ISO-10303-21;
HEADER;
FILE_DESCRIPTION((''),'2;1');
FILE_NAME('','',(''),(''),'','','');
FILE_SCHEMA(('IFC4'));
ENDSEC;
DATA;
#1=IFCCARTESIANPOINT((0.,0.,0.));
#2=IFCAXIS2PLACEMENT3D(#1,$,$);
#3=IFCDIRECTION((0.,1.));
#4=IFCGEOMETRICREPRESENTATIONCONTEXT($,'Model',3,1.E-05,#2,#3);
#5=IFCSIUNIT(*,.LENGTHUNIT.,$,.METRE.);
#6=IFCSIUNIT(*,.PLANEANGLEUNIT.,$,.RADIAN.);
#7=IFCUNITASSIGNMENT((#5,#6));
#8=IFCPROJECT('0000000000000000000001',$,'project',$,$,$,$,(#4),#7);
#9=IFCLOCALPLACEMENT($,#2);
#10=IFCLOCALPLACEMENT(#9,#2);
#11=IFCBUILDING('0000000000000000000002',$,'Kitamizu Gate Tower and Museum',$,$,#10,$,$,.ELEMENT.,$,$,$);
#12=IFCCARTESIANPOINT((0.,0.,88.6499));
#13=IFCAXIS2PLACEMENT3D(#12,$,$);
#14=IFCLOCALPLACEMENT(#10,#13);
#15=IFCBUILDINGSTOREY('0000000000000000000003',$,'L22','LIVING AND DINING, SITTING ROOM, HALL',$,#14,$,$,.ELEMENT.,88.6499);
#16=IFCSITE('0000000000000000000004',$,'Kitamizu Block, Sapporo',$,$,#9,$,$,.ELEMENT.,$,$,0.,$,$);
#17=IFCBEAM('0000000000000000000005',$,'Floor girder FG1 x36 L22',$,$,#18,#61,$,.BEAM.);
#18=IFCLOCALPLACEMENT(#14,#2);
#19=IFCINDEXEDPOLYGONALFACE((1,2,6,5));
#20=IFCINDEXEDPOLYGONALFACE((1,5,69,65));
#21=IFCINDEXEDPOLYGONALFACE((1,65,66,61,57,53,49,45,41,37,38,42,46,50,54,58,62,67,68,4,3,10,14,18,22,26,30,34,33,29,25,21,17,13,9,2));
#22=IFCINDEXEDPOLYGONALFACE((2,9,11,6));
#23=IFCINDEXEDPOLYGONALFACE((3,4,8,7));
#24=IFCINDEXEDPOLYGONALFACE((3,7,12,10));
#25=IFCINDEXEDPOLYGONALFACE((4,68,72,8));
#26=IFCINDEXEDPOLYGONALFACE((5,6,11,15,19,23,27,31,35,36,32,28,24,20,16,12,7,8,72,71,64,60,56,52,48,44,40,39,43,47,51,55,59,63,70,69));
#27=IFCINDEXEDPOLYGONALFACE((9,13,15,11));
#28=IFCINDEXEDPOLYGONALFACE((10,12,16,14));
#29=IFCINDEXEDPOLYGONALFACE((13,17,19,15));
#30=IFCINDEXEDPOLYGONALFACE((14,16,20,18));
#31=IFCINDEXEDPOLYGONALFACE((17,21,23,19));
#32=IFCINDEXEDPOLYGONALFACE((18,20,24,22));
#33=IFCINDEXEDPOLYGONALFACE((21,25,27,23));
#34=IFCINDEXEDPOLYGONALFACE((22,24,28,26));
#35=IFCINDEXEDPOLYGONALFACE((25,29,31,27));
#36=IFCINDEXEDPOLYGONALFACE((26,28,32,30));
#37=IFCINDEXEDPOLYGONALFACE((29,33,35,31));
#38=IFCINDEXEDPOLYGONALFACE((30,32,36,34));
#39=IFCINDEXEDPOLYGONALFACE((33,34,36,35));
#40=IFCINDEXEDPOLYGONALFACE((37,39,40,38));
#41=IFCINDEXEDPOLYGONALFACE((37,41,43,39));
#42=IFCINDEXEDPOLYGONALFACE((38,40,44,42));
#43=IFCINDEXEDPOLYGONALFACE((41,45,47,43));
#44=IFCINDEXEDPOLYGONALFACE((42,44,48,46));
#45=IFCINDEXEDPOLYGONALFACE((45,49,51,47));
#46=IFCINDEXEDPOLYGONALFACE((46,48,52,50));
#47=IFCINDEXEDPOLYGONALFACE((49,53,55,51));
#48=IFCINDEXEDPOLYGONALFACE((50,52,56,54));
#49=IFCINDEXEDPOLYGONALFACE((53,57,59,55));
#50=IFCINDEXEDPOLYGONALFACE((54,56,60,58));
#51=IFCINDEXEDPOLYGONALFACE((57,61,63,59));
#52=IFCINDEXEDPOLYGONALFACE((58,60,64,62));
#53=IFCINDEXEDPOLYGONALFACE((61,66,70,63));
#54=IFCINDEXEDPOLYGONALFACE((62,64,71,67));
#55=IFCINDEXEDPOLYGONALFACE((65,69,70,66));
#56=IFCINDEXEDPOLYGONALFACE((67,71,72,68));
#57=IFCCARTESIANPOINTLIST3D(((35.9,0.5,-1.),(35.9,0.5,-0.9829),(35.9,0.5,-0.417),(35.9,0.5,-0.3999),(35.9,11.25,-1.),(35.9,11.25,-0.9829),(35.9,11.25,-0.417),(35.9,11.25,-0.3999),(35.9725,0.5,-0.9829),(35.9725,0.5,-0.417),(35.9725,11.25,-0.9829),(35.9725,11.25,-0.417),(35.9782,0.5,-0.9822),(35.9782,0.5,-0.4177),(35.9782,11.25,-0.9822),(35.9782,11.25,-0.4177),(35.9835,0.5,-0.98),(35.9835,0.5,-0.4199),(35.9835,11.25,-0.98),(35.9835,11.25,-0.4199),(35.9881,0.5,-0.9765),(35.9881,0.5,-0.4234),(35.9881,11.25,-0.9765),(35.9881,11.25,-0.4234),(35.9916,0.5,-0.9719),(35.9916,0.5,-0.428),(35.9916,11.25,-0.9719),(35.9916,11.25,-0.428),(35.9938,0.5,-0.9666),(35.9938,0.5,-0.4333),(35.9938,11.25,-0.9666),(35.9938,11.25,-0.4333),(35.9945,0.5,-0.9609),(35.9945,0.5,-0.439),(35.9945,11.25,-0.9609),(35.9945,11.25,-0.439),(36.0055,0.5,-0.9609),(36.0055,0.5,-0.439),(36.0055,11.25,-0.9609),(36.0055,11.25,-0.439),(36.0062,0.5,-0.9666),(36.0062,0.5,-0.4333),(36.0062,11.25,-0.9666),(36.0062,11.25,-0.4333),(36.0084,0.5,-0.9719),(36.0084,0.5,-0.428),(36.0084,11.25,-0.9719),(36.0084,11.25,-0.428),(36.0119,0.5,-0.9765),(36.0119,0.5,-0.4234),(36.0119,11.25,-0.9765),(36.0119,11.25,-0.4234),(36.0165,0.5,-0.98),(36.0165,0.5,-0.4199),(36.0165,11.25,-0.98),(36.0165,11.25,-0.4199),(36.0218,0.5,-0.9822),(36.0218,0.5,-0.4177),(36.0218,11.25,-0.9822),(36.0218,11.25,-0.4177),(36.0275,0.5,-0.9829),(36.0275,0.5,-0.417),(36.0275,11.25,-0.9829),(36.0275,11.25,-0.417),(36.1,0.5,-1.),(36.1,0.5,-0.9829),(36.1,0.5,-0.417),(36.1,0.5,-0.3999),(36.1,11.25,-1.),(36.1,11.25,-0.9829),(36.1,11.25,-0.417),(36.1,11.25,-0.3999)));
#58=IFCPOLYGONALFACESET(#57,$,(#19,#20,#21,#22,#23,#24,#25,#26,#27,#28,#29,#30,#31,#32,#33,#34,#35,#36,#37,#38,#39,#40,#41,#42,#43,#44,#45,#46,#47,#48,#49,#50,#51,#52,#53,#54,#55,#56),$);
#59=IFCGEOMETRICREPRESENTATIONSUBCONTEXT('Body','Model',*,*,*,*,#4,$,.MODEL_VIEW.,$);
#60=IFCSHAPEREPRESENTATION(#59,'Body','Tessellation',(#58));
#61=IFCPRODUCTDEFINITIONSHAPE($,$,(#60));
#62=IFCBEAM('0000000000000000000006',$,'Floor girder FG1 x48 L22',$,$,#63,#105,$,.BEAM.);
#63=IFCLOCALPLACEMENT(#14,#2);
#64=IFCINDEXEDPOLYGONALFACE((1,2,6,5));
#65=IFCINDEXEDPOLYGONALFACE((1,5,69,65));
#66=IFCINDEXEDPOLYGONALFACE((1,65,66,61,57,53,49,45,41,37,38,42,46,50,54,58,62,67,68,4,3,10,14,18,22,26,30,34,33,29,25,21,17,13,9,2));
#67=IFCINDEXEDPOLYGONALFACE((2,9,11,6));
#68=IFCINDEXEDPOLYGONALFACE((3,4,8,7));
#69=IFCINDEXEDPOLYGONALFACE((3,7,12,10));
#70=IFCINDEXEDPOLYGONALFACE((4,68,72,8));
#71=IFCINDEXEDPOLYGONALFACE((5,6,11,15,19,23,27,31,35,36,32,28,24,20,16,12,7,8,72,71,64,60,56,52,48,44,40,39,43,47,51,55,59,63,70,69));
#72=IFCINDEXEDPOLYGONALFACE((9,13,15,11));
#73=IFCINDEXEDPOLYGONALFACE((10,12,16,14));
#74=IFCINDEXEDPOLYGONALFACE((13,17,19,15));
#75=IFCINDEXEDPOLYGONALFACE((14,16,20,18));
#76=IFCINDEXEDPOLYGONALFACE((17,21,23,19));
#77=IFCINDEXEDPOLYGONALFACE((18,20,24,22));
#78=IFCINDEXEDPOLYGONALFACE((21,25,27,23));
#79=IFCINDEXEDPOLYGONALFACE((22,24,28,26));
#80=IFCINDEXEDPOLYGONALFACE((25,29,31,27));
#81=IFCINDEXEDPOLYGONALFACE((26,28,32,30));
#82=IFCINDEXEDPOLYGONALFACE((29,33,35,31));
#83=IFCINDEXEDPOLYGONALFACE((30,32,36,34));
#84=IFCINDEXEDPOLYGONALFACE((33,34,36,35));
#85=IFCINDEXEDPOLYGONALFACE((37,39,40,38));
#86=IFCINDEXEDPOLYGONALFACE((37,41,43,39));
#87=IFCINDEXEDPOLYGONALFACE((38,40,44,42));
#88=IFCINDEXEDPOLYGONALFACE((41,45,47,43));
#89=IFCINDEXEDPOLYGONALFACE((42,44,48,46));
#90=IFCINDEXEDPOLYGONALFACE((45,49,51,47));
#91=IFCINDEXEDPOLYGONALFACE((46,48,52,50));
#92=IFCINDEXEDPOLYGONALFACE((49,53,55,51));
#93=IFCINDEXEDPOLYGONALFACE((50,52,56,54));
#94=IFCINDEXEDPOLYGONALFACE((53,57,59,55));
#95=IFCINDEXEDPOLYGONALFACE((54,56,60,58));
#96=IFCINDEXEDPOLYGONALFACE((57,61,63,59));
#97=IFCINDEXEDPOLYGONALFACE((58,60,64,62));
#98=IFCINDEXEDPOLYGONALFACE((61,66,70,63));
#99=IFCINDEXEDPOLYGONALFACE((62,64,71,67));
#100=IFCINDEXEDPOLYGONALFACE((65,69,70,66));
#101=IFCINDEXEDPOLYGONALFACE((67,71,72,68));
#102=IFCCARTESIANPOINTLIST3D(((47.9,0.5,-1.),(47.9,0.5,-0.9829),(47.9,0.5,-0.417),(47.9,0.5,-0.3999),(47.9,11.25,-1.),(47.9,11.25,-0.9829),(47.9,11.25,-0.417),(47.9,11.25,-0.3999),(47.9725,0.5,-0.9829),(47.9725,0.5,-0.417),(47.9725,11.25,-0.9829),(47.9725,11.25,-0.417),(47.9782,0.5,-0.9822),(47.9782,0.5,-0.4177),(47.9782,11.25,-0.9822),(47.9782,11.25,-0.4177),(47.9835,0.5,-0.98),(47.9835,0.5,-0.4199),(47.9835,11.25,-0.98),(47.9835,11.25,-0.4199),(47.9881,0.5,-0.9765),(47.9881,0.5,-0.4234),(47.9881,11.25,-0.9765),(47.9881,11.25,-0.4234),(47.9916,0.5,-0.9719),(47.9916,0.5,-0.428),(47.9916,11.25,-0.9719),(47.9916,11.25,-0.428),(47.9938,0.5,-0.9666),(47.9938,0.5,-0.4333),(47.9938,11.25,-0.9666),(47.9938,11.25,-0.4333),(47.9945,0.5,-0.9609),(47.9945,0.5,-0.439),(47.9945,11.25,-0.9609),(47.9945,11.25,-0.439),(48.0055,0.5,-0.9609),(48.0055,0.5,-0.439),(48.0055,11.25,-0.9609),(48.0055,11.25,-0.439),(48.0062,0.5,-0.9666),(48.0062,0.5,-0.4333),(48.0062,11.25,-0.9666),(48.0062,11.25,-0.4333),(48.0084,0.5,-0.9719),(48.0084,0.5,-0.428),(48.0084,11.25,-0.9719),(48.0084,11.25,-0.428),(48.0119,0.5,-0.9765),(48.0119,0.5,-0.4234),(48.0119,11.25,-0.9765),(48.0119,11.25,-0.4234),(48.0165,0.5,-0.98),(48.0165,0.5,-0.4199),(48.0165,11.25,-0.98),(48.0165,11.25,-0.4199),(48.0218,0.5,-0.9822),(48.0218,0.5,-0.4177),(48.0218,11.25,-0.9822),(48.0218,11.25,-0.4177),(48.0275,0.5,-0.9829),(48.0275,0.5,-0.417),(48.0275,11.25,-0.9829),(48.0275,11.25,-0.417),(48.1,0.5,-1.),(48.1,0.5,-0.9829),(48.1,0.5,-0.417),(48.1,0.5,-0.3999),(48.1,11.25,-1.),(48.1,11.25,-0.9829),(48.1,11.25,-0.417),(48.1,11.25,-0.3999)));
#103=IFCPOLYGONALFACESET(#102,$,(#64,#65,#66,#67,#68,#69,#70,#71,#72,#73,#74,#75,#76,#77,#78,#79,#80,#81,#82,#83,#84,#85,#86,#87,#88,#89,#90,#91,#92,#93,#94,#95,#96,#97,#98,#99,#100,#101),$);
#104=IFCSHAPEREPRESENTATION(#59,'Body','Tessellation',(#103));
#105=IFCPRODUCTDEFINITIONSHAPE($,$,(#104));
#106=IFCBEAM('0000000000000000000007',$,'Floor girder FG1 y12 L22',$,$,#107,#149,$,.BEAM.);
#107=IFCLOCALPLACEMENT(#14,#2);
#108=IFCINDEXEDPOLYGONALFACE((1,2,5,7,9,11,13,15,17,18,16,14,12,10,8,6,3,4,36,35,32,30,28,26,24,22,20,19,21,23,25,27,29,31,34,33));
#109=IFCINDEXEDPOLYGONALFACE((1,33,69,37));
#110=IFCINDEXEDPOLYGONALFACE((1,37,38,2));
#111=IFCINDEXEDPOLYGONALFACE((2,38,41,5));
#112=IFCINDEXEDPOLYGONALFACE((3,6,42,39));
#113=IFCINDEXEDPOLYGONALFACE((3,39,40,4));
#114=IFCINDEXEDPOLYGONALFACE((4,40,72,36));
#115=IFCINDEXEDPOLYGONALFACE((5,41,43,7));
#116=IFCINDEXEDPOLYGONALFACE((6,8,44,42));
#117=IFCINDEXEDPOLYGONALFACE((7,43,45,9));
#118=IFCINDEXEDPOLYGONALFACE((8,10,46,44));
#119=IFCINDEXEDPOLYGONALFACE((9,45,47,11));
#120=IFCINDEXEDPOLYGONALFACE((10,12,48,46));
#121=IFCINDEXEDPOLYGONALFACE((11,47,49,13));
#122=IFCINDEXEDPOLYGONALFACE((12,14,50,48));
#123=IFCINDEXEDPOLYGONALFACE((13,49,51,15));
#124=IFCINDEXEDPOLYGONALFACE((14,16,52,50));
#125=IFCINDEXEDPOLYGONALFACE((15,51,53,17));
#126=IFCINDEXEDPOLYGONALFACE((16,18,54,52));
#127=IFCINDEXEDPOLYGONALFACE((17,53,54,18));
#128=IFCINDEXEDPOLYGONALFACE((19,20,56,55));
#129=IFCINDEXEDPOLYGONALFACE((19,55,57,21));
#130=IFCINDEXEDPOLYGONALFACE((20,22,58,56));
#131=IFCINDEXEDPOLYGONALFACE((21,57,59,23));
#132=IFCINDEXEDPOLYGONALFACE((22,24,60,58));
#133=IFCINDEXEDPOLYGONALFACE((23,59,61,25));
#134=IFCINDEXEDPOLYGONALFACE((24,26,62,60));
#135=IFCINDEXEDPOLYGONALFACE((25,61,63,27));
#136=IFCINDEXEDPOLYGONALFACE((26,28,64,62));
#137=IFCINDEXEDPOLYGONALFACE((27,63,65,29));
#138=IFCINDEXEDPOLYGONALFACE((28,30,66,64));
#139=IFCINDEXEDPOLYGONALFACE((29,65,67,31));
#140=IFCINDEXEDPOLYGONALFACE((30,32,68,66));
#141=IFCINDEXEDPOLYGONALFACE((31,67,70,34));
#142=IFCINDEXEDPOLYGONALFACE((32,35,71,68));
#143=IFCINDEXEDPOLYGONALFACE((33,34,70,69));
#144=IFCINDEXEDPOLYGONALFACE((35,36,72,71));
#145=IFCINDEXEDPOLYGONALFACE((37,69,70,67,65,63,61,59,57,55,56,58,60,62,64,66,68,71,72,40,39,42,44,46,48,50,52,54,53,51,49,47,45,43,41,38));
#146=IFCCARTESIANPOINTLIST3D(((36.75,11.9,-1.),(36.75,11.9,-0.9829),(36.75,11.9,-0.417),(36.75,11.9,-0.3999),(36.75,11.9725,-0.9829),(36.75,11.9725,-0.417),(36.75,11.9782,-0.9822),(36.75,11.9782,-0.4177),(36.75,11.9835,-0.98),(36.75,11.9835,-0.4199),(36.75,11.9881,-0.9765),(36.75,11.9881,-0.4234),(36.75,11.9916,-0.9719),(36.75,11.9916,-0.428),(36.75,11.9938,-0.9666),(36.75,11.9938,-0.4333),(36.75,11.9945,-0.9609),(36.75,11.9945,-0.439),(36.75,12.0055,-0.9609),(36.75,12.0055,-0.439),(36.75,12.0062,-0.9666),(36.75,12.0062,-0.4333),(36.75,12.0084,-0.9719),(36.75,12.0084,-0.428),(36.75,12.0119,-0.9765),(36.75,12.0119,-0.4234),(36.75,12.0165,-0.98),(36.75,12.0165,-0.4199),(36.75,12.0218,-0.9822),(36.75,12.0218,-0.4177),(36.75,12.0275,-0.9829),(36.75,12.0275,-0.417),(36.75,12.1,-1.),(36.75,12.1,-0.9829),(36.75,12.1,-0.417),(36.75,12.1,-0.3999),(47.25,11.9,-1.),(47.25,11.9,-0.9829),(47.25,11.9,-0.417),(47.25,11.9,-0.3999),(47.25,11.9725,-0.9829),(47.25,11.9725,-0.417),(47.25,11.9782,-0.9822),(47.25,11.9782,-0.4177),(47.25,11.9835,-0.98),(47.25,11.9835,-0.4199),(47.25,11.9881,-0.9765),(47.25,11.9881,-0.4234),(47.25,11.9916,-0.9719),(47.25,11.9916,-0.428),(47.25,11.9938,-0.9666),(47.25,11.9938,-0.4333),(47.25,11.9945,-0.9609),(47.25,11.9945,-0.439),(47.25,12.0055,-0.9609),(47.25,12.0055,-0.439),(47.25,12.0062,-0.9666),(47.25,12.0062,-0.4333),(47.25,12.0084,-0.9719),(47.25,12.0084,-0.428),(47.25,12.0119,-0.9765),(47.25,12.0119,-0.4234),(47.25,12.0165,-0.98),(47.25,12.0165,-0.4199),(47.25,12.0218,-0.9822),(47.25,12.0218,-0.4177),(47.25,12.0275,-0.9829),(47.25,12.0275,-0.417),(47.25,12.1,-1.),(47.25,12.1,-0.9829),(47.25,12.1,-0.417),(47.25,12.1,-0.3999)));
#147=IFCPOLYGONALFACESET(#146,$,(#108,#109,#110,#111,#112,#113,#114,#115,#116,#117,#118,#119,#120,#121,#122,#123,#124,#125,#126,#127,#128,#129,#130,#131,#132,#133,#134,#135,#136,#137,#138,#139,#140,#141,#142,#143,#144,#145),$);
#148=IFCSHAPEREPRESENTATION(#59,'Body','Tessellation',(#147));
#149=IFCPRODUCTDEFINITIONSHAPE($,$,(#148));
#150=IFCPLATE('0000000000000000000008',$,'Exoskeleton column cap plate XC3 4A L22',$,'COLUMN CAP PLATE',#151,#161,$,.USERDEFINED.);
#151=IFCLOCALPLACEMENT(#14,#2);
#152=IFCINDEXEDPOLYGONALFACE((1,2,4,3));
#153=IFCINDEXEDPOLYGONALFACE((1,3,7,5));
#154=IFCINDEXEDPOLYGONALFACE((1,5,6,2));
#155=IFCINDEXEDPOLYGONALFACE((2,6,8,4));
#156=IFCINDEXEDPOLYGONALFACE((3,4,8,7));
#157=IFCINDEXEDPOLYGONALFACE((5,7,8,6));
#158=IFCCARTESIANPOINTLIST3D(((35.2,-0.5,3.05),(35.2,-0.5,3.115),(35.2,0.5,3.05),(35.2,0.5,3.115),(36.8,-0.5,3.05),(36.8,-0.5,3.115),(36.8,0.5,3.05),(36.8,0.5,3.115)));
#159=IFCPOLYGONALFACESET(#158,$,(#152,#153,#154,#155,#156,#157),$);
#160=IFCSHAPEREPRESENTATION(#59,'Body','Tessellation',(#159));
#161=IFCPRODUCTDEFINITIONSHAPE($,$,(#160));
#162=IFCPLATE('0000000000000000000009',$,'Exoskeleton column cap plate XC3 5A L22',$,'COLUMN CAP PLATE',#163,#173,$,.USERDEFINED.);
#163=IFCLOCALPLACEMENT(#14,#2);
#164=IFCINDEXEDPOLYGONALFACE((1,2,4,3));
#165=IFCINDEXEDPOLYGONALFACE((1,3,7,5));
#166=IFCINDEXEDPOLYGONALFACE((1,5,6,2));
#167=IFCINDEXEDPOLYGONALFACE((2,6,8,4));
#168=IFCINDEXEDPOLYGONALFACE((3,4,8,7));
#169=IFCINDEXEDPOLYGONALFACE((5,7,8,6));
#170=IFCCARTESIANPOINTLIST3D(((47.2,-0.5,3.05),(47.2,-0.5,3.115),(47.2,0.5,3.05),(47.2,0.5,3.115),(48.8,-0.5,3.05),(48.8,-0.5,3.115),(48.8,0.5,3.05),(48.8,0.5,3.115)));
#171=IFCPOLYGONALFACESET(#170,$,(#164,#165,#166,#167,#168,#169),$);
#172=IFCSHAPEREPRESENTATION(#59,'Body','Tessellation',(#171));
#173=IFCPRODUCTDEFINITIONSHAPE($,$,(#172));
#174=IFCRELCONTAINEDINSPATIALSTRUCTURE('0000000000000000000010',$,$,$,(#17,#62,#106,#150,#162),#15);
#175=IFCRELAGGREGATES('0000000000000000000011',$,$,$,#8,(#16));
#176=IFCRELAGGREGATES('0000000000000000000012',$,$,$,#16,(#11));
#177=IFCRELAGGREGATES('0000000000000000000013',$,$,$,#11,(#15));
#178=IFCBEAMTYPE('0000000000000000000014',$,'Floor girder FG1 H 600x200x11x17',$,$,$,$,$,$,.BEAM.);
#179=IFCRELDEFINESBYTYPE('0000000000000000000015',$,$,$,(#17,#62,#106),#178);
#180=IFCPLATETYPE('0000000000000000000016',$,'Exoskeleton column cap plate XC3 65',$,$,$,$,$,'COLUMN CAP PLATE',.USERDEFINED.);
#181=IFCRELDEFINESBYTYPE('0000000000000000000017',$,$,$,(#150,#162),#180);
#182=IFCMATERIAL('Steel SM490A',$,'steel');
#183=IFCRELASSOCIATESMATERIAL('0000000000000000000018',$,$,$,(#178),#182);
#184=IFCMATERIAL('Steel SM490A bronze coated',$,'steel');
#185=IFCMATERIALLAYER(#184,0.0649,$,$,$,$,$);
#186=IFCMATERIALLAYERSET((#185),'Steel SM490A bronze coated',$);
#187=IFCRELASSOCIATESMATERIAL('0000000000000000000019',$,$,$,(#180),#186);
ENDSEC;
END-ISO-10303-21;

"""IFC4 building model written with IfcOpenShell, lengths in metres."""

from ifc_helpers import new_model, si_unit, direction, frame, origin, origin_2d, place, context, subcontext, project, spatial, rectangle, i_section, extrude, material, layer, layer_set, material_profile, profile_set, type_object, element, save


model = new_model("IFC4")

# Units and contexts
model_context = context("Model", 3, precision=1e-05, world=origin(), true_north=direction((0.0, 1.0)))
body_context = subcontext(model_context, "Body", "Model", "MODEL_VIEW")
ifc_project = project(units=[si_unit("LENGTHUNIT", "METRE"), si_unit("PLANEANGLEUNIT", "RADIAN")], contexts=[model_context])

# Site, building, storey
site_placement = place(None, origin())
site = spatial("IfcSite", under=ifc_project, at=site_placement, Name="Kitamizu Block, Sapporo", CompositionType="ELEMENT", RefElevation=0.0)
building_placement = place(site_placement, origin())
building = spatial("IfcBuilding", under=site, at=building_placement, Name="Kitamizu Gate Tower and Museum", CompositionType="ELEMENT")
storey_placement = place(building_placement, frame((0.0, 0.0, 88.6499)))
storey = spatial("IfcBuildingStorey", under=building, at=storey_placement, Name="L22", Description="LIVING AND DINING, SITTING ROOM, HALL", CompositionType="ELEMENT", Elevation=88.6499)

# Beams
ifc_material_1 = material(Name="Steel SM490A", Category="steel")
ifc_material_profile_1 = material_profile(ifc_material_1, i_section(OverallWidth=0.2, OverallDepth=0.6001, WebThickness=0.011, FlangeThickness=0.0171, FilletRadius=0.022, at=origin_2d()), Name="H-600x200x11x17")
ifc_profile_set_1 = profile_set([ifc_material_profile_1], Name="Steel SM490A")
beam_type_1 = type_object("IfcBeamType", Name="Floor girder FG1 H 600x200x11x17", PredefinedType="BEAM", material=ifc_profile_set_1)
for number, where, z_axis, x_axis, name in (
    (1, (36.0, 0.5, -0.7), (0.0, 1.0, 0.0), (-1.0, 0.0, 0.0), "Floor girder FG1 x36 L22"),
    (2, (48.0, 0.5, -0.7), (0.0, 1.0, 0.0), (-1.0, 0.0, 0.0), "Floor girder FG1 x48 L22"),
):
    element("IfcBeam", number, at=place(storey_placement, frame(where, z_axis=z_axis, x_axis=x_axis)), inside=storey, type_object=beam_type_1, Name=name, PredefinedType="BEAM", context=body_context, shape_type="SweptSolid", body=[
        extrude(i_section(OverallWidth=0.2, OverallDepth=0.6001, WebThickness=0.011, FlangeThickness=0.0171, FilletRadius=0.022, at=origin_2d()), origin(), (0.0, 0.0, 1.0), 10.75),
    ])
beam_placement = place(storey_placement, frame((36.75, 12.0, -0.7), z_axis=(1.0, 0.0, 0.0), x_axis=(0.0, 1.0, 0.0)))
element("IfcBeam", 3, at=beam_placement, inside=storey, type_object=beam_type_1, Name="Floor girder FG1 y12 L22", PredefinedType="BEAM", context=body_context, shape_type="SweptSolid", body=[
    extrude(i_section(OverallWidth=0.2, OverallDepth=0.6001, WebThickness=0.011, FlangeThickness=0.0171, FilletRadius=0.022, at=origin_2d()), origin(), (0.0, 0.0, 1.0), 10.5),
])

# Plates
ifc_material_2 = material(Name="Steel SM490A bronze coated", Category="steel")
ifc_layer_1 = layer(ifc_material_2, 0.0649)
ifc_layer_set_1 = layer_set([ifc_layer_1], Name="Steel SM490A bronze coated")
plate_type = type_object("IfcPlateType", Name="Exoskeleton column cap plate XC3 65", ElementType="COLUMN CAP PLATE", PredefinedType="USERDEFINED", material=ifc_layer_set_1)
for number, where, z_axis, x_axis, name in (
    (4, (36.0, 0.0, 3.05), (0.0, 0.0, 1.0), (1.0, 0.0, 0.0), "Exoskeleton column cap plate XC3 4A L22"),
    (5, (48.0, 0.0, 3.05), (0.0, 0.0, 1.0), (1.0, 0.0, 0.0), "Exoskeleton column cap plate XC3 5A L22"),
):
    element("IfcPlate", number, at=place(storey_placement, frame(where, z_axis=z_axis, x_axis=x_axis)), inside=storey, type_object=plate_type, Name=name, ObjectType="COLUMN CAP PLATE", PredefinedType="USERDEFINED", context=body_context, shape_type="SweptSolid", body=[
        extrude(rectangle(XDim=1.6001, YDim=1.0, at=origin_2d()), origin(), (0.0, 0.0, 1.0), 0.0649),
    ])

save(model, "model.ifc")
